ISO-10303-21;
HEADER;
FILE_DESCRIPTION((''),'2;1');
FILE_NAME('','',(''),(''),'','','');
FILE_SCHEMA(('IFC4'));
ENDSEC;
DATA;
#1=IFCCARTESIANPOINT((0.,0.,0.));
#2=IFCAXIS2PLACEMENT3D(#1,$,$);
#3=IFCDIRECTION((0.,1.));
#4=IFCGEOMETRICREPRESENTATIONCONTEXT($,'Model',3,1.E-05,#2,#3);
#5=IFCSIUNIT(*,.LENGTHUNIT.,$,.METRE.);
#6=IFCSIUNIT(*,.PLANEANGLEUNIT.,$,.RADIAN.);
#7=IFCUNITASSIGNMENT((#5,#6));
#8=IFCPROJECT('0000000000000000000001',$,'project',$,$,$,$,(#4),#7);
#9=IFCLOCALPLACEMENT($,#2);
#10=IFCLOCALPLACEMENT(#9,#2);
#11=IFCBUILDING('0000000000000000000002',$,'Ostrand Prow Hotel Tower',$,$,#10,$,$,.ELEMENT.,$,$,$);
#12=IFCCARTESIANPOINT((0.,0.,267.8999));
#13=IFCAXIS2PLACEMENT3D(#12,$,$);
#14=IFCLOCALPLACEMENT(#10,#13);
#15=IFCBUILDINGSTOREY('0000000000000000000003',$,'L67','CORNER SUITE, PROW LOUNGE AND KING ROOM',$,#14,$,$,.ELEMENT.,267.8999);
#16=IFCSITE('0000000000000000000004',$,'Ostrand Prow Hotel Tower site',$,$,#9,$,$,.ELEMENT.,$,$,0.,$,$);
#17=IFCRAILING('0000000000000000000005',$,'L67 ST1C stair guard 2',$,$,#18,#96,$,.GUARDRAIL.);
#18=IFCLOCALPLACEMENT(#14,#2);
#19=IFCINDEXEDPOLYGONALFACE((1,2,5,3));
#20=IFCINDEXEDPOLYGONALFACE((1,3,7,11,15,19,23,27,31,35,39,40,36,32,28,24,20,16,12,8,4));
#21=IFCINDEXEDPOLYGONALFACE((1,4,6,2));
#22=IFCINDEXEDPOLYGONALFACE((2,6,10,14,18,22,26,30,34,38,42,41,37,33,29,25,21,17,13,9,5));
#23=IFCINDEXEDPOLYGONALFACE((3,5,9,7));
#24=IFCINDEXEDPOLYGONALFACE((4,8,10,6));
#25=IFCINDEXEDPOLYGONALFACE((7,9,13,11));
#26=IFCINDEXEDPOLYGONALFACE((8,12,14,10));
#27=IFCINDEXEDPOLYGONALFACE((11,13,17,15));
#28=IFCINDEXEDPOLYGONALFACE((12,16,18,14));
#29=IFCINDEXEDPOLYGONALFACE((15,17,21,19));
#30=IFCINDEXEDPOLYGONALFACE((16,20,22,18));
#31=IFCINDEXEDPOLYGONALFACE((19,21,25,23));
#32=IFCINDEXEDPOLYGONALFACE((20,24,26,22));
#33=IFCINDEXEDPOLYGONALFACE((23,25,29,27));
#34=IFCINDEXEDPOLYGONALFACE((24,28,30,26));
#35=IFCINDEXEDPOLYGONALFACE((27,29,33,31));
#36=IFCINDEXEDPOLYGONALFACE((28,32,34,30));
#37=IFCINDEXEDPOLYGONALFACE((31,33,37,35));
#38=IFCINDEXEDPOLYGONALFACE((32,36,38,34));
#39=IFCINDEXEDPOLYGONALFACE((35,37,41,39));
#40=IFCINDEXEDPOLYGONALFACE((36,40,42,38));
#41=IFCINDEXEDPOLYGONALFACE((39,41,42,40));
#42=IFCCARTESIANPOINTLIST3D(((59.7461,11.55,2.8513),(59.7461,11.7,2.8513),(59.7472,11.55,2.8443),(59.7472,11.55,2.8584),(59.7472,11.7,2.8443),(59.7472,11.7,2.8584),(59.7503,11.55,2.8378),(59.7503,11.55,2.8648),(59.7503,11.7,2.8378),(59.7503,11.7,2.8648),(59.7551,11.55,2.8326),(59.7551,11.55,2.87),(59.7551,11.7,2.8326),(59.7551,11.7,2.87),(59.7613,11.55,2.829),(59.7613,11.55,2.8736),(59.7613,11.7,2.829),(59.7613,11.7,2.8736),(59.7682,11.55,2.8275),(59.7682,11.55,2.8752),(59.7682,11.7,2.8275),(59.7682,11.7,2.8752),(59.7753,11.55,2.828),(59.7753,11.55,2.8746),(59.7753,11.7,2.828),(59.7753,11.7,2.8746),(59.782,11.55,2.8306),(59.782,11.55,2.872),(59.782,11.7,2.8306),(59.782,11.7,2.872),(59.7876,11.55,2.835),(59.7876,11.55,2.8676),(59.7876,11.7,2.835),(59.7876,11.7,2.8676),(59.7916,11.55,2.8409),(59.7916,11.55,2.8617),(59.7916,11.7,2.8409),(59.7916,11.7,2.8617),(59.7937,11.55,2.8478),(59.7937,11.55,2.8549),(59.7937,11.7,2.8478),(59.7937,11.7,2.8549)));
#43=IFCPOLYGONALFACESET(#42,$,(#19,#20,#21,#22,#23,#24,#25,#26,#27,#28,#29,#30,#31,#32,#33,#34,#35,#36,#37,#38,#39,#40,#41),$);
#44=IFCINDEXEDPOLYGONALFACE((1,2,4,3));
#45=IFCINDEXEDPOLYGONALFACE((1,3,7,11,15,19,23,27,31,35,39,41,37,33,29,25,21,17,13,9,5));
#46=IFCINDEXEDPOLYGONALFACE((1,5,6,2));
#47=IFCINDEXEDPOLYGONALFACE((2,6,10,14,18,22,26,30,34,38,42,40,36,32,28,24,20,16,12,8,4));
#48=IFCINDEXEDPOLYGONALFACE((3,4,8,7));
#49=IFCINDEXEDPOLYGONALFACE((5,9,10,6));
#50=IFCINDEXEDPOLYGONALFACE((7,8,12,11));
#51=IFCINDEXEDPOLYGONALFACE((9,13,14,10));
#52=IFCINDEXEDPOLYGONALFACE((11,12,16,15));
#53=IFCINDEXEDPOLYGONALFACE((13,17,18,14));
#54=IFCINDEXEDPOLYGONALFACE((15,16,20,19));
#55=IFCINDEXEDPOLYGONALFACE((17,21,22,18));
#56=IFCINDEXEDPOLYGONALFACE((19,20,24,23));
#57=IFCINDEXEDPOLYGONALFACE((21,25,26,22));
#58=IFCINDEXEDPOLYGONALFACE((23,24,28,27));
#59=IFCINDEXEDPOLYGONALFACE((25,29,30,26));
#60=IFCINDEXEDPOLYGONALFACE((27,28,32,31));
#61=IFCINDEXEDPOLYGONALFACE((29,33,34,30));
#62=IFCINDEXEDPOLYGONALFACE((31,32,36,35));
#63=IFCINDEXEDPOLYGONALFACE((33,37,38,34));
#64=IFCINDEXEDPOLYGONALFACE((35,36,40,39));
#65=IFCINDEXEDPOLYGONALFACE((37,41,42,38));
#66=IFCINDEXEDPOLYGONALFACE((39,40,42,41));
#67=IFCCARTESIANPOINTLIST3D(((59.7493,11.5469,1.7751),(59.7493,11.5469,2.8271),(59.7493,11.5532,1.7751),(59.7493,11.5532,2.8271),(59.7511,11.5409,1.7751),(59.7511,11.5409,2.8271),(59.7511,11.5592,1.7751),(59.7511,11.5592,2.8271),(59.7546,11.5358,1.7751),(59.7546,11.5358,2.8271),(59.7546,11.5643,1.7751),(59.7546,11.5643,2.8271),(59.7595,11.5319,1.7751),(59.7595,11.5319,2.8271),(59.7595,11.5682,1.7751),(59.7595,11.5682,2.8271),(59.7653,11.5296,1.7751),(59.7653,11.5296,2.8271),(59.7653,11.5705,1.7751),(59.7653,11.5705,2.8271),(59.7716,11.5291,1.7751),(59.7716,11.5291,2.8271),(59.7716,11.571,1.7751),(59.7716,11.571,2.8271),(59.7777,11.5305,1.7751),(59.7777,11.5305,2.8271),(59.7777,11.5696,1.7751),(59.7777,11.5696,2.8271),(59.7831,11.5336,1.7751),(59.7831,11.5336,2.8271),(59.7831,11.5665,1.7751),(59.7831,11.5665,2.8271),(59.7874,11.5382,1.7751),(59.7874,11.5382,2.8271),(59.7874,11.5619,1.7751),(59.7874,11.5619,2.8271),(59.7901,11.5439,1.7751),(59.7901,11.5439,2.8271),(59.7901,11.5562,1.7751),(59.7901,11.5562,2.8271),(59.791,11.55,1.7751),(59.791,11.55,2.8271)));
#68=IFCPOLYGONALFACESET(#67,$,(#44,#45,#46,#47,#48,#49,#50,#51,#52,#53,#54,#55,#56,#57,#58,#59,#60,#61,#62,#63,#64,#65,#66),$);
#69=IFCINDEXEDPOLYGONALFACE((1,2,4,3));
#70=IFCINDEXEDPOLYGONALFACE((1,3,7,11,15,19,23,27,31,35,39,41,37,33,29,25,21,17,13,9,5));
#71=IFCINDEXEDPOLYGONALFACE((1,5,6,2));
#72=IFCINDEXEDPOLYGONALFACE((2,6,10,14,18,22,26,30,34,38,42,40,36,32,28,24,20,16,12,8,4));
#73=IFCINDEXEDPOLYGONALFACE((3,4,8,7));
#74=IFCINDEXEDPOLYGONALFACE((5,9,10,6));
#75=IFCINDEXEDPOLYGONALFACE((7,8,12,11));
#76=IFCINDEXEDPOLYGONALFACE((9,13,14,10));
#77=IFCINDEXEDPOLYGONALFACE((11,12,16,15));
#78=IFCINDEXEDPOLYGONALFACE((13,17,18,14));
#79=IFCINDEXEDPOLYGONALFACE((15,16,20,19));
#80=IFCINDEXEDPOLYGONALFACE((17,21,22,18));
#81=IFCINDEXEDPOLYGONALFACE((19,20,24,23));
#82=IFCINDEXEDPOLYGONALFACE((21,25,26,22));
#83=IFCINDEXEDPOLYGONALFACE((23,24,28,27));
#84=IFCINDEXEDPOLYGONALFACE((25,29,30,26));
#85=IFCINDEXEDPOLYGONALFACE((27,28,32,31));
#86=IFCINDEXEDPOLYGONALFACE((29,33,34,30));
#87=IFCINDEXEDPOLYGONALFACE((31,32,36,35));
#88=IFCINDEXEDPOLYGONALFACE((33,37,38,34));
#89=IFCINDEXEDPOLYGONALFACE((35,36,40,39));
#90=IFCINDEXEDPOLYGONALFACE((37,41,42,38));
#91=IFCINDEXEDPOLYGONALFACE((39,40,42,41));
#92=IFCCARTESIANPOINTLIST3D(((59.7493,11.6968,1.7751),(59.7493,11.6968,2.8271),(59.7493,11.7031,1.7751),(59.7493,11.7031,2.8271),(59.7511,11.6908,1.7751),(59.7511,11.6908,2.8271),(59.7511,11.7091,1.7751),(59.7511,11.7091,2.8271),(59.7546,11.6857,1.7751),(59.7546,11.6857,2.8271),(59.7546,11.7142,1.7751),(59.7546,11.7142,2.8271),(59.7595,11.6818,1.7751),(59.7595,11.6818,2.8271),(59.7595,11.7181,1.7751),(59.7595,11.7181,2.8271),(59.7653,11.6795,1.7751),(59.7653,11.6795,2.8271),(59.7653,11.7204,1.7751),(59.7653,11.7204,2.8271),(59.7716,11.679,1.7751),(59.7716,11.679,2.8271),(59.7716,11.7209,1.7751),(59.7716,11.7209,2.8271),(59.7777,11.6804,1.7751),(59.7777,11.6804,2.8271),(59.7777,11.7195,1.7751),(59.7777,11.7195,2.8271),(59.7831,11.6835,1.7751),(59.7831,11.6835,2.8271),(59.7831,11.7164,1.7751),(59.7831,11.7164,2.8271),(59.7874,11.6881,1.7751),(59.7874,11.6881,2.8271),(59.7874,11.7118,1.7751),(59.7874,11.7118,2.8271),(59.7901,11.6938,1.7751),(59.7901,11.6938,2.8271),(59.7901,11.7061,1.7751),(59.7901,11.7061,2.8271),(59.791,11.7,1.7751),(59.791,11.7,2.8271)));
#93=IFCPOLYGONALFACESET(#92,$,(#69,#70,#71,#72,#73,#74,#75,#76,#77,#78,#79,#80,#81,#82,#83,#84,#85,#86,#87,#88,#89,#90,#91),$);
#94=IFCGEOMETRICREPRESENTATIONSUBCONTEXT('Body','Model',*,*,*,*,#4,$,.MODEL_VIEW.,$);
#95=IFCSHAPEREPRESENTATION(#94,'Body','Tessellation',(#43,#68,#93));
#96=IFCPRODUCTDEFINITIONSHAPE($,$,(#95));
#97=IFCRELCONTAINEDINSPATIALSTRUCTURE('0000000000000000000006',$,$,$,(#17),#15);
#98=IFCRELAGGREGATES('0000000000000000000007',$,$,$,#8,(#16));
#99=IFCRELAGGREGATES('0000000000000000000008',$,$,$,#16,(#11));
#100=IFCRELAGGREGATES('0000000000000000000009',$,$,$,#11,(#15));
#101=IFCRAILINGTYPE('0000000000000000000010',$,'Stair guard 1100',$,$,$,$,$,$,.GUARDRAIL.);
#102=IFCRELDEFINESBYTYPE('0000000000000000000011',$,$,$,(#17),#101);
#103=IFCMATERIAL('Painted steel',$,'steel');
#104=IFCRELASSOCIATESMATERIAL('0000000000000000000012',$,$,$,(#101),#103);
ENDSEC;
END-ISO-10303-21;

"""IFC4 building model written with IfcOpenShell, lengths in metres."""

from ifc_helpers import new_model, si_unit, direction, frame, origin, origin_2d, place, context, subcontext, project, spatial, circle, extrude, material, type_object, element, save


model = new_model("IFC4")

# Units and contexts
model_context = context("Model", 3, precision=1e-05, world=origin(), true_north=direction((0.0, 1.0)))
body_context = subcontext(model_context, "Body", "Model", "MODEL_VIEW")
ifc_project = project(units=[si_unit("LENGTHUNIT", "METRE"), si_unit("PLANEANGLEUNIT", "RADIAN")], contexts=[model_context])

# Site, building, storey
site_placement = place(None, origin())
site = spatial("IfcSite", under=ifc_project, at=site_placement, Name="Ostrand Prow Hotel Tower site", CompositionType="ELEMENT", RefElevation=0.0)
building_placement = place(site_placement, origin())
building = spatial("IfcBuilding", under=site, at=building_placement, Name="Ostrand Prow Hotel Tower", CompositionType="ELEMENT")
storey_placement = place(building_placement, frame((0.0, 0.0, 267.8999)))
storey = spatial("IfcBuildingStorey", under=building, at=storey_placement, Name="L67", Description="CORNER SUITE, PROW LOUNGE AND KING ROOM", CompositionType="ELEMENT", Elevation=267.8999)

# Railing
ifc_material_1 = material(Name="Painted steel", Category="steel")
railing_type_1 = type_object("IfcRailingType", Name="Stair guard 1100", PredefinedType="GUARDRAIL", material=ifc_material_1)
railing_1_placement = place(storey_placement, frame((59.77, 11.55, 1.7751)))
element("IfcRailing", 1, at=railing_1_placement, inside=storey, type_object=railing_type_1, Name="L67 ST1C stair guard 2", PredefinedType="GUARDRAIL", context=body_context, shape_type="SweptSolid", body=[
    extrude(circle(Radius=0.0239, at=origin_2d()), frame((0.0, 0.0, 1.0762), z_axis=(0.0, 1.0, 0.0), x_axis=(-1.0, 0.0, 0.0)), (0.0, 0.0, 1.0), 0.1499),
    extrude(circle(Radius=0.021, at=origin_2d()), origin(), (0.0, 0.0, 1.0), 1.052),
    extrude(circle(Radius=0.021, at=origin_2d()), frame((0.0, 0.1499, 0.0)), (0.0, 0.0, 1.0), 1.052),
])

save(model, "model.ifc")
